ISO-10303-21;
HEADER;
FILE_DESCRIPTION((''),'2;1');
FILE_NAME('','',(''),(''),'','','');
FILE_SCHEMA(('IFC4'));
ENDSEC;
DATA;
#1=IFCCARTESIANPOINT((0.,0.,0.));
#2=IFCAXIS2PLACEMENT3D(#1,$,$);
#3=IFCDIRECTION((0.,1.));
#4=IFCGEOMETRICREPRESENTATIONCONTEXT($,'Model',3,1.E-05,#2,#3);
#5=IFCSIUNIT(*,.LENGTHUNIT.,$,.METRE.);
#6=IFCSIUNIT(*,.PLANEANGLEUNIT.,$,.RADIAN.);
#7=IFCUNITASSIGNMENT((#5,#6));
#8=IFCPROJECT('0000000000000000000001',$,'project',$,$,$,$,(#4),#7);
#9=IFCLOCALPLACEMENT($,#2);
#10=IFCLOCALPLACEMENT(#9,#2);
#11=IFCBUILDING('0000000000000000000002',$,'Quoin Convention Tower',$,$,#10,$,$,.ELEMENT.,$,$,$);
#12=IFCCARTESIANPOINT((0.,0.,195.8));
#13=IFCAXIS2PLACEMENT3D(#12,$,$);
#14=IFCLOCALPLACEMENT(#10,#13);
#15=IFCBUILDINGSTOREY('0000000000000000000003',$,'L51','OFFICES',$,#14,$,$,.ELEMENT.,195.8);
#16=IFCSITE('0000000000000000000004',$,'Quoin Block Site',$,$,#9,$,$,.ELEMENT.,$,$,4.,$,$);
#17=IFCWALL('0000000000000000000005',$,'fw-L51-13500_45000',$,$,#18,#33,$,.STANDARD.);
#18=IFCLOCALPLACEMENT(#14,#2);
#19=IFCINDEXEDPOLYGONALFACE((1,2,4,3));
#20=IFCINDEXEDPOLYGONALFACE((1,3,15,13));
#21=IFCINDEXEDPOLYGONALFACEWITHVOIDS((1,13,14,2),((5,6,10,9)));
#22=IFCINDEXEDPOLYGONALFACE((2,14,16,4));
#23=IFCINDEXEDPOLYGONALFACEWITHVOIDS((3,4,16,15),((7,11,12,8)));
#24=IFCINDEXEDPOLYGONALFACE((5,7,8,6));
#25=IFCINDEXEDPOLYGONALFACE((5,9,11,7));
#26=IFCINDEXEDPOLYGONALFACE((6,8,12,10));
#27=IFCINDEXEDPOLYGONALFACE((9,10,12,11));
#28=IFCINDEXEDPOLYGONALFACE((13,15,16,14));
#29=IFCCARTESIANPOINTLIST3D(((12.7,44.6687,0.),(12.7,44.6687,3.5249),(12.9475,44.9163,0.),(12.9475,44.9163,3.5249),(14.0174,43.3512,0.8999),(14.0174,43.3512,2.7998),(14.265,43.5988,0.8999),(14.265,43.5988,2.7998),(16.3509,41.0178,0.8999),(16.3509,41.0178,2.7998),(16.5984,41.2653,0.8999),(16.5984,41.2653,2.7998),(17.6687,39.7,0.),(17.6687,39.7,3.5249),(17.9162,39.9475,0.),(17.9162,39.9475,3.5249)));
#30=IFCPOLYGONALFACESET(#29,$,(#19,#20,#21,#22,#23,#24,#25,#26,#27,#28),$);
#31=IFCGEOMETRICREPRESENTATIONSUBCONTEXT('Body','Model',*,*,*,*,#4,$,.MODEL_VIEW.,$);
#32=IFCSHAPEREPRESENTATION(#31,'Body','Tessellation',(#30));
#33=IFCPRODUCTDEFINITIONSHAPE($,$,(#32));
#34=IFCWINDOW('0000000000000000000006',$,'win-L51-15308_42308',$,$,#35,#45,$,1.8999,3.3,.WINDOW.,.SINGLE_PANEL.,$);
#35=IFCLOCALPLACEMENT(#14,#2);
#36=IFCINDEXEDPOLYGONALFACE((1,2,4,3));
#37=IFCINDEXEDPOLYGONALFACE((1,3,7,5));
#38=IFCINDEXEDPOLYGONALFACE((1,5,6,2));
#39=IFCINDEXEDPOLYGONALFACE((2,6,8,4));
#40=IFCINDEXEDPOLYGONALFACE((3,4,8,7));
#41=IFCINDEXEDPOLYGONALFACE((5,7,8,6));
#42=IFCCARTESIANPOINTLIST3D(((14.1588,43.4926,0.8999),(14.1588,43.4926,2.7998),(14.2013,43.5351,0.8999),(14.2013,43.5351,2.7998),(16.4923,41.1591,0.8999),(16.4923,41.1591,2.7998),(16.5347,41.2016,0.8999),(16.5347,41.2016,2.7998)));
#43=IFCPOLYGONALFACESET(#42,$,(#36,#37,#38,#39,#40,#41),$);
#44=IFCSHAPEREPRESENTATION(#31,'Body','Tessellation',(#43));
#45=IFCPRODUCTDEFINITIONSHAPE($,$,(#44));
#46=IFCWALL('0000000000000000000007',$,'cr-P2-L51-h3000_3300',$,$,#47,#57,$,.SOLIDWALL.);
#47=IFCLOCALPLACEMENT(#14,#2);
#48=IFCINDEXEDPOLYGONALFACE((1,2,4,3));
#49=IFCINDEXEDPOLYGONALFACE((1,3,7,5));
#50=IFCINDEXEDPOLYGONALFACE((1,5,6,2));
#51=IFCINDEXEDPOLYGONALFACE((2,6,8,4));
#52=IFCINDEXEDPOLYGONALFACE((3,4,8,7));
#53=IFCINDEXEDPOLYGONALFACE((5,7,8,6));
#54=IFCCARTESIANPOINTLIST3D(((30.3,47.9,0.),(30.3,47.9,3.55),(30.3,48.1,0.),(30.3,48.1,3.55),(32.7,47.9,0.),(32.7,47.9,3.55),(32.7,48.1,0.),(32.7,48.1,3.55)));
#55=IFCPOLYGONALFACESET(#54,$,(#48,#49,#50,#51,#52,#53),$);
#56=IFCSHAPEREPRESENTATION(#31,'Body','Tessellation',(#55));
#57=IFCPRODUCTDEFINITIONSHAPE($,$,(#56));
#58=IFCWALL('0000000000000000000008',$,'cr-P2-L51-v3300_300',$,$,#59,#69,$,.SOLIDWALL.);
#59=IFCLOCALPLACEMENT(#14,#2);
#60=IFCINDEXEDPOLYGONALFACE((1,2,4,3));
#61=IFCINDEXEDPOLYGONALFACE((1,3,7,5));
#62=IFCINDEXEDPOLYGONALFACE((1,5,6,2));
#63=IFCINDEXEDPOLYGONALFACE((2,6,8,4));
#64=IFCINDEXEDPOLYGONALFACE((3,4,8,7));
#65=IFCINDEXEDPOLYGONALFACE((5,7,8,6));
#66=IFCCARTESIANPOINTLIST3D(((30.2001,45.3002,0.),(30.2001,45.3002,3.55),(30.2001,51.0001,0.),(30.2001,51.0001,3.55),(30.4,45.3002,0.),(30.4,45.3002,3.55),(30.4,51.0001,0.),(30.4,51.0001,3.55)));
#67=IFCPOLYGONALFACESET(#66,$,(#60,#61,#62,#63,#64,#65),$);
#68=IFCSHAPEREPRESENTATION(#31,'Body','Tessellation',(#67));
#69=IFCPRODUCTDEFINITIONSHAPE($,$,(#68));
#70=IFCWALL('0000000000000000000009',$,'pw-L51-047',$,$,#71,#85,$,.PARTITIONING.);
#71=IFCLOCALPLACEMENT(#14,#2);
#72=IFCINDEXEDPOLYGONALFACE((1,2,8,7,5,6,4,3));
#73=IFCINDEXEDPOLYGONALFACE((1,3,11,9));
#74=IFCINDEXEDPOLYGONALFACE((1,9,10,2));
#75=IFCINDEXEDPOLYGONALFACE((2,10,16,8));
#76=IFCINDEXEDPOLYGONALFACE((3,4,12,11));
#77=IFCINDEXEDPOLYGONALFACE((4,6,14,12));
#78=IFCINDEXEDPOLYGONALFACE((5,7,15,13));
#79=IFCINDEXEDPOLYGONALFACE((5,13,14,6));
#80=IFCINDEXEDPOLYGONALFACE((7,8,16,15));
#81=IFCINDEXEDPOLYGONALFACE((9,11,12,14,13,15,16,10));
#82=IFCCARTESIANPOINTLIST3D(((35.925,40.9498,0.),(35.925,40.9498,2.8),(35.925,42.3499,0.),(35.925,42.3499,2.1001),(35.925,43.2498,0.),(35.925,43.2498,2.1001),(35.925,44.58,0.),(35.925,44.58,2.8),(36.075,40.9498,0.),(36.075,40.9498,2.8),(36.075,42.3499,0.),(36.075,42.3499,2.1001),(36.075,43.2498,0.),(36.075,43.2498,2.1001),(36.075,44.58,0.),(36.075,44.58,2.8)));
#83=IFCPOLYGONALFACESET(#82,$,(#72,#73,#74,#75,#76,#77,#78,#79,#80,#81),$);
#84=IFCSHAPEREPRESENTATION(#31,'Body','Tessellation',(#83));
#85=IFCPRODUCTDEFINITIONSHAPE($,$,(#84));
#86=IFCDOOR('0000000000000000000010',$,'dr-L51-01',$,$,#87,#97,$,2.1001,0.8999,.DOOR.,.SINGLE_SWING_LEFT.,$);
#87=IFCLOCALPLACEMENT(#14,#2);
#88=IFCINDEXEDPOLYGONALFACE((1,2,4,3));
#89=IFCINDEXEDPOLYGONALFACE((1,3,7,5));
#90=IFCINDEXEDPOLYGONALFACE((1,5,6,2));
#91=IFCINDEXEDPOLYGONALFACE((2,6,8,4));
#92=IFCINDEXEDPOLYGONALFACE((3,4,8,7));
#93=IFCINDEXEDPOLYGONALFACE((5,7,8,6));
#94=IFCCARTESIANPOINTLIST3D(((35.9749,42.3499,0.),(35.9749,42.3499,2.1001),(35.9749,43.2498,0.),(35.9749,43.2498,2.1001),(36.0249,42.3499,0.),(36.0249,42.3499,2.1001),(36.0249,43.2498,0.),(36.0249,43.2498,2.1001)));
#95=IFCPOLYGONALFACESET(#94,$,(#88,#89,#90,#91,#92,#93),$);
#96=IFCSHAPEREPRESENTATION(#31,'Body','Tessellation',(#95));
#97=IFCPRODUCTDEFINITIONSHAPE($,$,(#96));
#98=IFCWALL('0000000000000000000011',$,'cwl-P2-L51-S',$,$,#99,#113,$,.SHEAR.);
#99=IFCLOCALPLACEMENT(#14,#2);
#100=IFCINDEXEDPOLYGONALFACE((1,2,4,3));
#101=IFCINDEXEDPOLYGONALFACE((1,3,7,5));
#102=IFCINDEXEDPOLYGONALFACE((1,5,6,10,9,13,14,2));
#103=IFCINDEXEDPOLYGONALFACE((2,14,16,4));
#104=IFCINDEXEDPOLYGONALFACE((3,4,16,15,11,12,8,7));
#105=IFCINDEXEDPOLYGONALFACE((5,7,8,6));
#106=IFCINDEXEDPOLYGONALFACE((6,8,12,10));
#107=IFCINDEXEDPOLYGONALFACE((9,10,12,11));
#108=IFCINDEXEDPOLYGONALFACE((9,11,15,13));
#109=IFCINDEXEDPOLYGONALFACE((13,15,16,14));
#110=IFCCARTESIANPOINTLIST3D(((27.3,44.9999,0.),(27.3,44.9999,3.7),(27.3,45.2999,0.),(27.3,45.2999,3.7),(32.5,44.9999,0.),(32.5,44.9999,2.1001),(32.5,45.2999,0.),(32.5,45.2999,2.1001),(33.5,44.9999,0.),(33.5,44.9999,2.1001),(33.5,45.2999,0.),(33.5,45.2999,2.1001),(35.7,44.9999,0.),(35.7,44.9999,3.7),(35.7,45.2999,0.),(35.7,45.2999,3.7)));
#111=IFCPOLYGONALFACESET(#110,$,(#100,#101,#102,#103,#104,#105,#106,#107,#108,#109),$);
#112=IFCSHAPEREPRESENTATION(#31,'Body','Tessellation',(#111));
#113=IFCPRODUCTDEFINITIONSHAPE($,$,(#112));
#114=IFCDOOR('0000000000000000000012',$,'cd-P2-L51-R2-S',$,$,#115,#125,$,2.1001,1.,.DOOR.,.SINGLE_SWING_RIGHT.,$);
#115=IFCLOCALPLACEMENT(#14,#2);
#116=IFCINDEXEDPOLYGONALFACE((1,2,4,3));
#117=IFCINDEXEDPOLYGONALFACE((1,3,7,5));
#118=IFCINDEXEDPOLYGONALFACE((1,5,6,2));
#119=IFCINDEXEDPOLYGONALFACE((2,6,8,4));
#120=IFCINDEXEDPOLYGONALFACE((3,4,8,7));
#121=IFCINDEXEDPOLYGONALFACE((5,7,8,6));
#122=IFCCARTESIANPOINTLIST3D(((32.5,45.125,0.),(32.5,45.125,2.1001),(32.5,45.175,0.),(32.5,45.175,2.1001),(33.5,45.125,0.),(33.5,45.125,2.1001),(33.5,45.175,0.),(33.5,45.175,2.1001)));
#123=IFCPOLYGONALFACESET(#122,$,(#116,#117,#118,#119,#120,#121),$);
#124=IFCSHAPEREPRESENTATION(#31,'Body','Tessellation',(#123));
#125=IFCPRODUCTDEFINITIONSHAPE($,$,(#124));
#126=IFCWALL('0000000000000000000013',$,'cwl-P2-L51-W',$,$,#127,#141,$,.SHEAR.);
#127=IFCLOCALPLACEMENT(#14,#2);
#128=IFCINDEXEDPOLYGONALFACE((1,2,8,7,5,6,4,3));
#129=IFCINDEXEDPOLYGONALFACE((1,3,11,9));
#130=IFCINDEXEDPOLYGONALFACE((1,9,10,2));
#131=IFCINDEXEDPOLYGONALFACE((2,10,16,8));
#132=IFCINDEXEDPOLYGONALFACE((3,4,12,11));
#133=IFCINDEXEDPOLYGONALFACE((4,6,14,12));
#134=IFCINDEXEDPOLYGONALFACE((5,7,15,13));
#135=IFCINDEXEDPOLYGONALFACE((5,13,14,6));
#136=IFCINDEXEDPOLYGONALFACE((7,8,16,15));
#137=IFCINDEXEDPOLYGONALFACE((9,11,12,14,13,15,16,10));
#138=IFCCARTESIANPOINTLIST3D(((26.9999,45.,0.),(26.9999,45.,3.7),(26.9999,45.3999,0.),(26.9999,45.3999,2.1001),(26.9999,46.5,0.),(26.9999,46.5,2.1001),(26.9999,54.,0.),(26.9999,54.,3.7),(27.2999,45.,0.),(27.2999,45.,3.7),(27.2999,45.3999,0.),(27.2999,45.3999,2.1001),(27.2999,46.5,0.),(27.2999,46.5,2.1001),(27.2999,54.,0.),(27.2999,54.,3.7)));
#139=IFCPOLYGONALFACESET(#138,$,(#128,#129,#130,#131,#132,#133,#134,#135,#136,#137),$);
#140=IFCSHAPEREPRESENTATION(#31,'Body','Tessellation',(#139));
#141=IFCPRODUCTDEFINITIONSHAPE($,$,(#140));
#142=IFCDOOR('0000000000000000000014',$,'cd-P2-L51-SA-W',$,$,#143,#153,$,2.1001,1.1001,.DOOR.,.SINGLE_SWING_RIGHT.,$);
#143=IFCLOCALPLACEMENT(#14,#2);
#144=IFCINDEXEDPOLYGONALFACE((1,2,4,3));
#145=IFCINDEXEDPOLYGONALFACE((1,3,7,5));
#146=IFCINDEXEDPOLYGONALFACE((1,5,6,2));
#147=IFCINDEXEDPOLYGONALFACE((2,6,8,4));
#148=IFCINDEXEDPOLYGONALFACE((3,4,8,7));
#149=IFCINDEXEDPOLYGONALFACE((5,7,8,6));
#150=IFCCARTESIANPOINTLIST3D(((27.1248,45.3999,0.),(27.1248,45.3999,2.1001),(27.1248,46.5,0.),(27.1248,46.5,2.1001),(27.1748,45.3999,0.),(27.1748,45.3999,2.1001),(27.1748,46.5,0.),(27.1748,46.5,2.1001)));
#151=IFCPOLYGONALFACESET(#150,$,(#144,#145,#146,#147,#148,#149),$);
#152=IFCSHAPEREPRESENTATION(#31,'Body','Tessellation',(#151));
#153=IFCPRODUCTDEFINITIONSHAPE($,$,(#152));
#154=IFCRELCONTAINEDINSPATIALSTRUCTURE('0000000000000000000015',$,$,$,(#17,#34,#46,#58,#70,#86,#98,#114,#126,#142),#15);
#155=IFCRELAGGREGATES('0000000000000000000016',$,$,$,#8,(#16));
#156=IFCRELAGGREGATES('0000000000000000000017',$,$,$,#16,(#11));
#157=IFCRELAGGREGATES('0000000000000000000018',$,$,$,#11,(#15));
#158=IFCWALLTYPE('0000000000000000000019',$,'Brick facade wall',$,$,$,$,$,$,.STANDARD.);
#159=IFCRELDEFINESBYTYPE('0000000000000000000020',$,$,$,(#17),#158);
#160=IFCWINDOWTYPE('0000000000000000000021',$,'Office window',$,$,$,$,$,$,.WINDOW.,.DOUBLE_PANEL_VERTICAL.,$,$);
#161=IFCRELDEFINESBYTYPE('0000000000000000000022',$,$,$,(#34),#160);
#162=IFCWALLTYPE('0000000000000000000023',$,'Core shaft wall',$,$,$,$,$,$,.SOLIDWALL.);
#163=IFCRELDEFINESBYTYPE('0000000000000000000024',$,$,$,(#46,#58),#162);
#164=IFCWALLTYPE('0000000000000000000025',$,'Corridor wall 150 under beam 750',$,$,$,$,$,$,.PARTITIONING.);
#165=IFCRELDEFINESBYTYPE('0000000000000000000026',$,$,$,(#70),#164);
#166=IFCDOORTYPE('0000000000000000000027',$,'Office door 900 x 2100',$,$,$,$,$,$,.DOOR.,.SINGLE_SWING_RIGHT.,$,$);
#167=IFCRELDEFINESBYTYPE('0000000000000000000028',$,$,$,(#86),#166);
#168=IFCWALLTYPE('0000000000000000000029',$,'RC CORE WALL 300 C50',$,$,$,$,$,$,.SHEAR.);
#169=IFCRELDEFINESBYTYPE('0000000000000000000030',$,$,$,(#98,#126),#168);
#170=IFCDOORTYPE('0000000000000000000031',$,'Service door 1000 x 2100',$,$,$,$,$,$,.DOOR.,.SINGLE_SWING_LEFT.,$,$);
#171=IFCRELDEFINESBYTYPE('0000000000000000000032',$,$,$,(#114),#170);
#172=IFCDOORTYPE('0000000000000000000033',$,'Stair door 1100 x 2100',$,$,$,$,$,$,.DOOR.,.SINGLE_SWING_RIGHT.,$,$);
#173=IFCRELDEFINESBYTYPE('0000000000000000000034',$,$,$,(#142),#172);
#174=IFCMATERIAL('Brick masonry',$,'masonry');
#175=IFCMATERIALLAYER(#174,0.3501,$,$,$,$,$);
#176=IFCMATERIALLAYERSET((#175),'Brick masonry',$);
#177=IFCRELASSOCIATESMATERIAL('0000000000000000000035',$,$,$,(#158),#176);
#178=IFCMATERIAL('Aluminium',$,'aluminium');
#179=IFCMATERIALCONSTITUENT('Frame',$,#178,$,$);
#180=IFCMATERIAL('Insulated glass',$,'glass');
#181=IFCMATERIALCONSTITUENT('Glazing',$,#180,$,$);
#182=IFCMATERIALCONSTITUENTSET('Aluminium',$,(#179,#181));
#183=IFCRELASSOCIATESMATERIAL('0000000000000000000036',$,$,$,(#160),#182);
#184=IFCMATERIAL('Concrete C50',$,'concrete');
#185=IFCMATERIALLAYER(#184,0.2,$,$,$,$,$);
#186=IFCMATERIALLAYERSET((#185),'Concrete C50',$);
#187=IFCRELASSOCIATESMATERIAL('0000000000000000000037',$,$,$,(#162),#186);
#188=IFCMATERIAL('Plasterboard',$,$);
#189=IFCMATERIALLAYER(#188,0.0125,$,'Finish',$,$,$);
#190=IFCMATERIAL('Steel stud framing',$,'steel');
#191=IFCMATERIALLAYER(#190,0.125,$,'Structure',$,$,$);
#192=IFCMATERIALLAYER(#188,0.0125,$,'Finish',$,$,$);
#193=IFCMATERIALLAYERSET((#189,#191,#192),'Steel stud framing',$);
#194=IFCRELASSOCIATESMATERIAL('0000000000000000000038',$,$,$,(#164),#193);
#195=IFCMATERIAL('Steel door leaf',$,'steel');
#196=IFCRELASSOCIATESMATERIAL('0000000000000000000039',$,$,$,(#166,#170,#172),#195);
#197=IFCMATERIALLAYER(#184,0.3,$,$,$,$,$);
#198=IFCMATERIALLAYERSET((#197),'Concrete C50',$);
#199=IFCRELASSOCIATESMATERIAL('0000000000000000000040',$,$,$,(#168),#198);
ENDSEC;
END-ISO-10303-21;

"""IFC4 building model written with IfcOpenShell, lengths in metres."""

from ifc_helpers import new_model, si_unit, direction, frame, frame_2d, origin, place, context, subcontext, project, spatial, rectangle, extrude, material, layer, layer_set, constituent, constituent_set, type_object, element, fill, save


model = new_model("IFC4")

# Units and contexts
model_context = context("Model", 3, precision=1e-05, world=origin(), true_north=direction((0.0, 1.0)))
body_context = subcontext(model_context, "Body", "Model", "MODEL_VIEW")
ifc_project = project(units=[si_unit("LENGTHUNIT", "METRE"), si_unit("PLANEANGLEUNIT", "RADIAN")], contexts=[model_context])

# Site, building, storey
site_placement = place(None, origin())
site = spatial("IfcSite", under=ifc_project, at=site_placement, Name="Quoin Block Site", CompositionType="ELEMENT", RefElevation=4.0)
building_placement = place(site_placement, origin())
building = spatial("IfcBuilding", under=site, at=building_placement, Name="Quoin Convention Tower", CompositionType="ELEMENT")
storey_placement = place(building_placement, frame((0.0, 0.0, 195.8)))
storey = spatial("IfcBuildingStorey", under=building, at=storey_placement, Name="L51", Description="OFFICES", CompositionType="ELEMENT", Elevation=195.8)

# Shared definitions
ifc_material_1 = material(Name="Concrete C50", Category="concrete")

# Wall, opening, window
ifc_material_2 = material(Name="Brick masonry", Category="masonry")
ifc_layer_1 = layer(ifc_material_2, 0.3501)
ifc_layer_set_1 = layer_set([ifc_layer_1], Name="Brick masonry")
wall_type_1 = type_object("IfcWallType", Name="Brick facade wall", PredefinedType="STANDARD", material=ifc_layer_set_1)
wall_1_placement = place(storey_placement, frame((12.8237, 44.7925, 0.0), z_axis=(0.0, 0.0, 1.0), x_axis=(0.707107, -0.707107, 0.0)))
wall_1 = element("IfcWall", 1, at=wall_1_placement, inside=storey, type_object=wall_type_1, Name="fw-L51-13500_45000", PredefinedType="STANDARD", context=body_context, shape_type="SweptSolid", body=[
    extrude(rectangle(XDim=7.0269, YDim=0.3501, at=frame_2d((3.5134, 0.0))), origin(), (0.0, 0.0, 1.0), 3.5249),
])
opening_1_placement = place(wall_1_placement, frame((1.8633, 0.0, 0.8999)))
opening_1 = element("IfcOpeningElement", 2, at=opening_1_placement, cuts=wall_1, PredefinedType="OPENING", context=body_context, shape_type="SweptSolid", body=[
    extrude(rectangle(XDim=3.3, YDim=1.8999, at=frame_2d((1.6499, 0.95))), frame((0.0, 0.1851, 0.0), z_axis=(0.0, -1.0, 0.0), x_axis=(1.0, 0.0, 0.0)), (0.0, 0.0, 1.0), 0.3701),
])
ifc_material_3 = material(Name="Aluminium", Category="aluminium")
ifc_constituent_1 = constituent(ifc_material_3, Name="Frame")
ifc_material_4 = material(Name="Insulated glass", Category="glass")
ifc_constituent_2 = constituent(ifc_material_4, Name="Glazing")
ifc_constituent_set = constituent_set(constituents=[ifc_constituent_1, ifc_constituent_2], Name="Aluminium")
window_type = type_object("IfcWindowType", Name="Office window", PartitioningType="DOUBLE_PANEL_VERTICAL", PredefinedType="WINDOW", material=ifc_constituent_set)
window_placement = place(opening_1_placement, origin())
window = element("IfcWindow", 3, at=window_placement, inside=storey, type_object=window_type, Name="win-L51-15308_42308", OverallHeight=1.8999, OverallWidth=3.3, PartitioningType="SINGLE_PANEL", PredefinedType="WINDOW", context=body_context, shape_type="SweptSolid", body=[
    extrude(rectangle(XDim=3.3, YDim=1.8999, at=frame_2d((1.6499, 0.95))), frame((0.0, 0.085, 0.0), z_axis=(0.0, -1.0, 0.0), x_axis=(1.0, 0.0, 0.0)), (0.0, 0.0, 1.0), 0.0601),
])
fill(opening_1, window)

# Walls
ifc_layer_2 = layer(ifc_material_1, 0.2)
ifc_layer_set_2 = layer_set([ifc_layer_2], Name="Concrete C50")
wall_type_2 = type_object("IfcWallType", Name="Core shaft wall", PredefinedType="SOLIDWALL", material=ifc_layer_set_2)
wall_2_placement = place(storey_placement, frame((30.3, 48.0, 0.0), z_axis=(0.0, 0.0, 1.0), x_axis=(1.0, 0.0, 0.0)))
element("IfcWall", 4, at=wall_2_placement, inside=storey, type_object=wall_type_2, Name="cr-P2-L51-h3000_3300", PredefinedType="SOLIDWALL", context=body_context, shape_type="SweptSolid", body=[
    extrude(rectangle(XDim=2.3999, YDim=0.2, at=frame_2d((1.2, 0.0))), origin(), (0.0, 0.0, 1.0), 3.55),
])
wall_3_placement = place(storey_placement, frame((30.3, 45.3, 0.0), z_axis=(0.0, 0.0, 1.0), x_axis=(0.0, 1.0, 0.0)))
element("IfcWall", 5, at=wall_3_placement, inside=storey, type_object=wall_type_2, Name="cr-P2-L51-v3300_300", PredefinedType="SOLIDWALL", context=body_context, shape_type="SweptSolid", body=[
    extrude(rectangle(XDim=5.7, YDim=0.2, at=frame_2d((2.8501, 0.0))), origin(), (0.0, 0.0, 1.0), 3.55),
])

# Walls, openings, doors
ifc_material_5 = material(Name="Plasterboard")
ifc_layer_3 = layer(ifc_material_5, 0.0125, Name="Finish")
ifc_material_6 = material(Name="Steel stud framing", Category="steel")
ifc_layer_4 = layer(ifc_material_6, 0.125, Name="Structure")
ifc_layer_5 = layer(ifc_material_5, 0.0125, Name="Finish")
ifc_layer_set_3 = layer_set([ifc_layer_3, ifc_layer_4, ifc_layer_5], Name="Steel stud framing")
wall_type_3 = type_object("IfcWallType", Name="Corridor wall 150 under beam 750", PredefinedType="PARTITIONING", material=ifc_layer_set_3)
wall_4_placement = place(storey_placement, frame((36.0, 40.95, 0.0), z_axis=(0.0, 0.0, 1.0), x_axis=(0.0, 1.0, 0.0)))
wall_4 = element("IfcWall", 6, at=wall_4_placement, inside=storey, type_object=wall_type_3, Name="pw-L51-047", PredefinedType="PARTITIONING", context=body_context, shape_type="SweptSolid", body=[
    extrude(rectangle(XDim=3.6301, YDim=0.1499, at=frame_2d((1.8149, 0.0))), origin(), (0.0, 0.0, 1.0), 2.8),
])
opening_2_placement = place(wall_4_placement, frame((1.3999, 0.0, 0.0)))
opening_2 = element("IfcOpeningElement", 7, at=opening_2_placement, cuts=wall_4, PredefinedType="OPENING", context=body_context, shape_type="SweptSolid", body=[
    extrude(rectangle(XDim=0.8999, YDim=2.1001, at=frame_2d((0.45, 1.05))), frame((0.0, 0.085, 0.0), z_axis=(0.0, -1.0, 0.0), x_axis=(1.0, 0.0, 0.0)), (0.0, 0.0, 1.0), 0.1699),
])
ifc_material_7 = material(Name="Steel door leaf", Category="steel")
door_type_1 = type_object("IfcDoorType", Name="Office door 900 x 2100", OperationType="SINGLE_SWING_RIGHT", PredefinedType="DOOR", material=ifc_material_7)
door_1_placement = place(opening_2_placement, frame((0.8999, 0.0, 0.0), z_axis=(0.0, 0.0, 1.0), x_axis=(-1.0, 0.0, 0.0)))
door_1 = element("IfcDoor", 8, at=door_1_placement, inside=storey, type_object=door_type_1, Name="dr-L51-01", OperationType="SINGLE_SWING_LEFT", OverallHeight=2.1001, OverallWidth=0.8999, PredefinedType="DOOR", context=body_context, shape_type="SweptSolid", body=[
    extrude(rectangle(XDim=0.8999, YDim=2.1001, at=frame_2d((0.45, 1.05))), frame((0.0, 0.0249, 0.0), z_axis=(0.0, -1.0, 0.0), x_axis=(1.0, 0.0, 0.0)), (0.0, 0.0, 1.0), 0.05),
])
fill(opening_2, door_1)
ifc_layer_6 = layer(ifc_material_1, 0.3)
ifc_layer_set_4 = layer_set([ifc_layer_6], Name="Concrete C50")
wall_type_4 = type_object("IfcWallType", Name="RC CORE WALL 300 C50", PredefinedType="SHEAR", material=ifc_layer_set_4)
wall_5_placement = place(storey_placement, frame((27.3, 45.1499, 0.0), z_axis=(0.0, 0.0, 1.0), x_axis=(1.0, 0.0, 0.0)))
wall_5 = element("IfcWall", 9, at=wall_5_placement, inside=storey, type_object=wall_type_4, Name="cwl-P2-L51-S", PredefinedType="SHEAR", context=body_context, shape_type="SweptSolid", body=[
    extrude(rectangle(XDim=8.3999, YDim=0.3, at=frame_2d((4.2, 0.0))), origin(), (0.0, 0.0, 1.0), 3.7),
])
opening_3_placement = place(wall_5_placement, frame((5.2, 0.0, 0.0)))
opening_3 = element("IfcOpeningElement", 10, at=opening_3_placement, cuts=wall_5, PredefinedType="OPENING", context=body_context, shape_type="SweptSolid", body=[
    extrude(rectangle(XDim=1.0, YDim=2.1001, at=frame_2d((0.5, 1.05))), frame((0.0, 0.1599, 0.0), z_axis=(0.0, -1.0, 0.0), x_axis=(1.0, 0.0, 0.0)), (0.0, 0.0, 1.0), 0.3201),
])
door_type_2 = type_object("IfcDoorType", Name="Service door 1000 x 2100", OperationType="SINGLE_SWING_LEFT", PredefinedType="DOOR", material=ifc_material_7)
door_2_placement = place(opening_3_placement, frame((1.0, 0.0, 0.0), z_axis=(0.0, 0.0, 1.0), x_axis=(-1.0, 0.0, 0.0)))
door_2 = element("IfcDoor", 11, at=door_2_placement, inside=storey, type_object=door_type_2, Name="cd-P2-L51-R2-S", OperationType="SINGLE_SWING_RIGHT", OverallHeight=2.1001, OverallWidth=1.0, PredefinedType="DOOR", context=body_context, shape_type="SweptSolid", body=[
    extrude(rectangle(XDim=1.0, YDim=2.1001, at=frame_2d((0.5, 1.05))), frame((0.0, 0.0249, 0.0), z_axis=(0.0, -1.0, 0.0), x_axis=(1.0, 0.0, 0.0)), (0.0, 0.0, 1.0), 0.05),
])
fill(opening_3, door_2)
wall_6_placement = place(storey_placement, frame((27.1499, 45.0, 0.0), z_axis=(0.0, 0.0, 1.0), x_axis=(0.0, 1.0, 0.0)))
wall_6 = element("IfcWall", 12, at=wall_6_placement, inside=storey, type_object=wall_type_4, Name="cwl-P2-L51-W", PredefinedType="SHEAR", context=body_context, shape_type="SweptSolid", body=[
    extrude(rectangle(XDim=9.0, YDim=0.3, at=frame_2d((4.5, 0.0))), origin(), (0.0, 0.0, 1.0), 3.7),
])
opening_4_placement = place(wall_6_placement, frame((0.3999, 0.0, 0.0)))
opening_4 = element("IfcOpeningElement", 13, at=opening_4_placement, cuts=wall_6, PredefinedType="OPENING", context=body_context, shape_type="SweptSolid", body=[
    extrude(rectangle(XDim=1.1001, YDim=2.1001, at=frame_2d((0.55, 1.05))), frame((0.0, 0.1599, 0.0), z_axis=(0.0, -1.0, 0.0), x_axis=(1.0, 0.0, 0.0)), (0.0, 0.0, 1.0), 0.3201),
])
door_type_3 = type_object("IfcDoorType", Name="Stair door 1100 x 2100", OperationType="SINGLE_SWING_RIGHT", PredefinedType="DOOR", material=ifc_material_7)
door_3_placement = place(opening_4_placement, frame((1.1001, 0.0, 0.0), z_axis=(0.0, 0.0, 1.0), x_axis=(-1.0, 0.0, 0.0)))
door_3 = element("IfcDoor", 14, at=door_3_placement, inside=storey, type_object=door_type_3, Name="cd-P2-L51-SA-W", OperationType="SINGLE_SWING_RIGHT", OverallHeight=2.1001, OverallWidth=1.1001, PredefinedType="DOOR", context=body_context, shape_type="SweptSolid", body=[
    extrude(rectangle(XDim=1.1001, YDim=2.1001, at=frame_2d((0.55, 1.05))), frame((0.0, 0.0249, 0.0), z_axis=(0.0, -1.0, 0.0), x_axis=(1.0, 0.0, 0.0)), (0.0, 0.0, 1.0), 0.05),
])
fill(opening_4, door_3)

save(model, "model.ifc")
